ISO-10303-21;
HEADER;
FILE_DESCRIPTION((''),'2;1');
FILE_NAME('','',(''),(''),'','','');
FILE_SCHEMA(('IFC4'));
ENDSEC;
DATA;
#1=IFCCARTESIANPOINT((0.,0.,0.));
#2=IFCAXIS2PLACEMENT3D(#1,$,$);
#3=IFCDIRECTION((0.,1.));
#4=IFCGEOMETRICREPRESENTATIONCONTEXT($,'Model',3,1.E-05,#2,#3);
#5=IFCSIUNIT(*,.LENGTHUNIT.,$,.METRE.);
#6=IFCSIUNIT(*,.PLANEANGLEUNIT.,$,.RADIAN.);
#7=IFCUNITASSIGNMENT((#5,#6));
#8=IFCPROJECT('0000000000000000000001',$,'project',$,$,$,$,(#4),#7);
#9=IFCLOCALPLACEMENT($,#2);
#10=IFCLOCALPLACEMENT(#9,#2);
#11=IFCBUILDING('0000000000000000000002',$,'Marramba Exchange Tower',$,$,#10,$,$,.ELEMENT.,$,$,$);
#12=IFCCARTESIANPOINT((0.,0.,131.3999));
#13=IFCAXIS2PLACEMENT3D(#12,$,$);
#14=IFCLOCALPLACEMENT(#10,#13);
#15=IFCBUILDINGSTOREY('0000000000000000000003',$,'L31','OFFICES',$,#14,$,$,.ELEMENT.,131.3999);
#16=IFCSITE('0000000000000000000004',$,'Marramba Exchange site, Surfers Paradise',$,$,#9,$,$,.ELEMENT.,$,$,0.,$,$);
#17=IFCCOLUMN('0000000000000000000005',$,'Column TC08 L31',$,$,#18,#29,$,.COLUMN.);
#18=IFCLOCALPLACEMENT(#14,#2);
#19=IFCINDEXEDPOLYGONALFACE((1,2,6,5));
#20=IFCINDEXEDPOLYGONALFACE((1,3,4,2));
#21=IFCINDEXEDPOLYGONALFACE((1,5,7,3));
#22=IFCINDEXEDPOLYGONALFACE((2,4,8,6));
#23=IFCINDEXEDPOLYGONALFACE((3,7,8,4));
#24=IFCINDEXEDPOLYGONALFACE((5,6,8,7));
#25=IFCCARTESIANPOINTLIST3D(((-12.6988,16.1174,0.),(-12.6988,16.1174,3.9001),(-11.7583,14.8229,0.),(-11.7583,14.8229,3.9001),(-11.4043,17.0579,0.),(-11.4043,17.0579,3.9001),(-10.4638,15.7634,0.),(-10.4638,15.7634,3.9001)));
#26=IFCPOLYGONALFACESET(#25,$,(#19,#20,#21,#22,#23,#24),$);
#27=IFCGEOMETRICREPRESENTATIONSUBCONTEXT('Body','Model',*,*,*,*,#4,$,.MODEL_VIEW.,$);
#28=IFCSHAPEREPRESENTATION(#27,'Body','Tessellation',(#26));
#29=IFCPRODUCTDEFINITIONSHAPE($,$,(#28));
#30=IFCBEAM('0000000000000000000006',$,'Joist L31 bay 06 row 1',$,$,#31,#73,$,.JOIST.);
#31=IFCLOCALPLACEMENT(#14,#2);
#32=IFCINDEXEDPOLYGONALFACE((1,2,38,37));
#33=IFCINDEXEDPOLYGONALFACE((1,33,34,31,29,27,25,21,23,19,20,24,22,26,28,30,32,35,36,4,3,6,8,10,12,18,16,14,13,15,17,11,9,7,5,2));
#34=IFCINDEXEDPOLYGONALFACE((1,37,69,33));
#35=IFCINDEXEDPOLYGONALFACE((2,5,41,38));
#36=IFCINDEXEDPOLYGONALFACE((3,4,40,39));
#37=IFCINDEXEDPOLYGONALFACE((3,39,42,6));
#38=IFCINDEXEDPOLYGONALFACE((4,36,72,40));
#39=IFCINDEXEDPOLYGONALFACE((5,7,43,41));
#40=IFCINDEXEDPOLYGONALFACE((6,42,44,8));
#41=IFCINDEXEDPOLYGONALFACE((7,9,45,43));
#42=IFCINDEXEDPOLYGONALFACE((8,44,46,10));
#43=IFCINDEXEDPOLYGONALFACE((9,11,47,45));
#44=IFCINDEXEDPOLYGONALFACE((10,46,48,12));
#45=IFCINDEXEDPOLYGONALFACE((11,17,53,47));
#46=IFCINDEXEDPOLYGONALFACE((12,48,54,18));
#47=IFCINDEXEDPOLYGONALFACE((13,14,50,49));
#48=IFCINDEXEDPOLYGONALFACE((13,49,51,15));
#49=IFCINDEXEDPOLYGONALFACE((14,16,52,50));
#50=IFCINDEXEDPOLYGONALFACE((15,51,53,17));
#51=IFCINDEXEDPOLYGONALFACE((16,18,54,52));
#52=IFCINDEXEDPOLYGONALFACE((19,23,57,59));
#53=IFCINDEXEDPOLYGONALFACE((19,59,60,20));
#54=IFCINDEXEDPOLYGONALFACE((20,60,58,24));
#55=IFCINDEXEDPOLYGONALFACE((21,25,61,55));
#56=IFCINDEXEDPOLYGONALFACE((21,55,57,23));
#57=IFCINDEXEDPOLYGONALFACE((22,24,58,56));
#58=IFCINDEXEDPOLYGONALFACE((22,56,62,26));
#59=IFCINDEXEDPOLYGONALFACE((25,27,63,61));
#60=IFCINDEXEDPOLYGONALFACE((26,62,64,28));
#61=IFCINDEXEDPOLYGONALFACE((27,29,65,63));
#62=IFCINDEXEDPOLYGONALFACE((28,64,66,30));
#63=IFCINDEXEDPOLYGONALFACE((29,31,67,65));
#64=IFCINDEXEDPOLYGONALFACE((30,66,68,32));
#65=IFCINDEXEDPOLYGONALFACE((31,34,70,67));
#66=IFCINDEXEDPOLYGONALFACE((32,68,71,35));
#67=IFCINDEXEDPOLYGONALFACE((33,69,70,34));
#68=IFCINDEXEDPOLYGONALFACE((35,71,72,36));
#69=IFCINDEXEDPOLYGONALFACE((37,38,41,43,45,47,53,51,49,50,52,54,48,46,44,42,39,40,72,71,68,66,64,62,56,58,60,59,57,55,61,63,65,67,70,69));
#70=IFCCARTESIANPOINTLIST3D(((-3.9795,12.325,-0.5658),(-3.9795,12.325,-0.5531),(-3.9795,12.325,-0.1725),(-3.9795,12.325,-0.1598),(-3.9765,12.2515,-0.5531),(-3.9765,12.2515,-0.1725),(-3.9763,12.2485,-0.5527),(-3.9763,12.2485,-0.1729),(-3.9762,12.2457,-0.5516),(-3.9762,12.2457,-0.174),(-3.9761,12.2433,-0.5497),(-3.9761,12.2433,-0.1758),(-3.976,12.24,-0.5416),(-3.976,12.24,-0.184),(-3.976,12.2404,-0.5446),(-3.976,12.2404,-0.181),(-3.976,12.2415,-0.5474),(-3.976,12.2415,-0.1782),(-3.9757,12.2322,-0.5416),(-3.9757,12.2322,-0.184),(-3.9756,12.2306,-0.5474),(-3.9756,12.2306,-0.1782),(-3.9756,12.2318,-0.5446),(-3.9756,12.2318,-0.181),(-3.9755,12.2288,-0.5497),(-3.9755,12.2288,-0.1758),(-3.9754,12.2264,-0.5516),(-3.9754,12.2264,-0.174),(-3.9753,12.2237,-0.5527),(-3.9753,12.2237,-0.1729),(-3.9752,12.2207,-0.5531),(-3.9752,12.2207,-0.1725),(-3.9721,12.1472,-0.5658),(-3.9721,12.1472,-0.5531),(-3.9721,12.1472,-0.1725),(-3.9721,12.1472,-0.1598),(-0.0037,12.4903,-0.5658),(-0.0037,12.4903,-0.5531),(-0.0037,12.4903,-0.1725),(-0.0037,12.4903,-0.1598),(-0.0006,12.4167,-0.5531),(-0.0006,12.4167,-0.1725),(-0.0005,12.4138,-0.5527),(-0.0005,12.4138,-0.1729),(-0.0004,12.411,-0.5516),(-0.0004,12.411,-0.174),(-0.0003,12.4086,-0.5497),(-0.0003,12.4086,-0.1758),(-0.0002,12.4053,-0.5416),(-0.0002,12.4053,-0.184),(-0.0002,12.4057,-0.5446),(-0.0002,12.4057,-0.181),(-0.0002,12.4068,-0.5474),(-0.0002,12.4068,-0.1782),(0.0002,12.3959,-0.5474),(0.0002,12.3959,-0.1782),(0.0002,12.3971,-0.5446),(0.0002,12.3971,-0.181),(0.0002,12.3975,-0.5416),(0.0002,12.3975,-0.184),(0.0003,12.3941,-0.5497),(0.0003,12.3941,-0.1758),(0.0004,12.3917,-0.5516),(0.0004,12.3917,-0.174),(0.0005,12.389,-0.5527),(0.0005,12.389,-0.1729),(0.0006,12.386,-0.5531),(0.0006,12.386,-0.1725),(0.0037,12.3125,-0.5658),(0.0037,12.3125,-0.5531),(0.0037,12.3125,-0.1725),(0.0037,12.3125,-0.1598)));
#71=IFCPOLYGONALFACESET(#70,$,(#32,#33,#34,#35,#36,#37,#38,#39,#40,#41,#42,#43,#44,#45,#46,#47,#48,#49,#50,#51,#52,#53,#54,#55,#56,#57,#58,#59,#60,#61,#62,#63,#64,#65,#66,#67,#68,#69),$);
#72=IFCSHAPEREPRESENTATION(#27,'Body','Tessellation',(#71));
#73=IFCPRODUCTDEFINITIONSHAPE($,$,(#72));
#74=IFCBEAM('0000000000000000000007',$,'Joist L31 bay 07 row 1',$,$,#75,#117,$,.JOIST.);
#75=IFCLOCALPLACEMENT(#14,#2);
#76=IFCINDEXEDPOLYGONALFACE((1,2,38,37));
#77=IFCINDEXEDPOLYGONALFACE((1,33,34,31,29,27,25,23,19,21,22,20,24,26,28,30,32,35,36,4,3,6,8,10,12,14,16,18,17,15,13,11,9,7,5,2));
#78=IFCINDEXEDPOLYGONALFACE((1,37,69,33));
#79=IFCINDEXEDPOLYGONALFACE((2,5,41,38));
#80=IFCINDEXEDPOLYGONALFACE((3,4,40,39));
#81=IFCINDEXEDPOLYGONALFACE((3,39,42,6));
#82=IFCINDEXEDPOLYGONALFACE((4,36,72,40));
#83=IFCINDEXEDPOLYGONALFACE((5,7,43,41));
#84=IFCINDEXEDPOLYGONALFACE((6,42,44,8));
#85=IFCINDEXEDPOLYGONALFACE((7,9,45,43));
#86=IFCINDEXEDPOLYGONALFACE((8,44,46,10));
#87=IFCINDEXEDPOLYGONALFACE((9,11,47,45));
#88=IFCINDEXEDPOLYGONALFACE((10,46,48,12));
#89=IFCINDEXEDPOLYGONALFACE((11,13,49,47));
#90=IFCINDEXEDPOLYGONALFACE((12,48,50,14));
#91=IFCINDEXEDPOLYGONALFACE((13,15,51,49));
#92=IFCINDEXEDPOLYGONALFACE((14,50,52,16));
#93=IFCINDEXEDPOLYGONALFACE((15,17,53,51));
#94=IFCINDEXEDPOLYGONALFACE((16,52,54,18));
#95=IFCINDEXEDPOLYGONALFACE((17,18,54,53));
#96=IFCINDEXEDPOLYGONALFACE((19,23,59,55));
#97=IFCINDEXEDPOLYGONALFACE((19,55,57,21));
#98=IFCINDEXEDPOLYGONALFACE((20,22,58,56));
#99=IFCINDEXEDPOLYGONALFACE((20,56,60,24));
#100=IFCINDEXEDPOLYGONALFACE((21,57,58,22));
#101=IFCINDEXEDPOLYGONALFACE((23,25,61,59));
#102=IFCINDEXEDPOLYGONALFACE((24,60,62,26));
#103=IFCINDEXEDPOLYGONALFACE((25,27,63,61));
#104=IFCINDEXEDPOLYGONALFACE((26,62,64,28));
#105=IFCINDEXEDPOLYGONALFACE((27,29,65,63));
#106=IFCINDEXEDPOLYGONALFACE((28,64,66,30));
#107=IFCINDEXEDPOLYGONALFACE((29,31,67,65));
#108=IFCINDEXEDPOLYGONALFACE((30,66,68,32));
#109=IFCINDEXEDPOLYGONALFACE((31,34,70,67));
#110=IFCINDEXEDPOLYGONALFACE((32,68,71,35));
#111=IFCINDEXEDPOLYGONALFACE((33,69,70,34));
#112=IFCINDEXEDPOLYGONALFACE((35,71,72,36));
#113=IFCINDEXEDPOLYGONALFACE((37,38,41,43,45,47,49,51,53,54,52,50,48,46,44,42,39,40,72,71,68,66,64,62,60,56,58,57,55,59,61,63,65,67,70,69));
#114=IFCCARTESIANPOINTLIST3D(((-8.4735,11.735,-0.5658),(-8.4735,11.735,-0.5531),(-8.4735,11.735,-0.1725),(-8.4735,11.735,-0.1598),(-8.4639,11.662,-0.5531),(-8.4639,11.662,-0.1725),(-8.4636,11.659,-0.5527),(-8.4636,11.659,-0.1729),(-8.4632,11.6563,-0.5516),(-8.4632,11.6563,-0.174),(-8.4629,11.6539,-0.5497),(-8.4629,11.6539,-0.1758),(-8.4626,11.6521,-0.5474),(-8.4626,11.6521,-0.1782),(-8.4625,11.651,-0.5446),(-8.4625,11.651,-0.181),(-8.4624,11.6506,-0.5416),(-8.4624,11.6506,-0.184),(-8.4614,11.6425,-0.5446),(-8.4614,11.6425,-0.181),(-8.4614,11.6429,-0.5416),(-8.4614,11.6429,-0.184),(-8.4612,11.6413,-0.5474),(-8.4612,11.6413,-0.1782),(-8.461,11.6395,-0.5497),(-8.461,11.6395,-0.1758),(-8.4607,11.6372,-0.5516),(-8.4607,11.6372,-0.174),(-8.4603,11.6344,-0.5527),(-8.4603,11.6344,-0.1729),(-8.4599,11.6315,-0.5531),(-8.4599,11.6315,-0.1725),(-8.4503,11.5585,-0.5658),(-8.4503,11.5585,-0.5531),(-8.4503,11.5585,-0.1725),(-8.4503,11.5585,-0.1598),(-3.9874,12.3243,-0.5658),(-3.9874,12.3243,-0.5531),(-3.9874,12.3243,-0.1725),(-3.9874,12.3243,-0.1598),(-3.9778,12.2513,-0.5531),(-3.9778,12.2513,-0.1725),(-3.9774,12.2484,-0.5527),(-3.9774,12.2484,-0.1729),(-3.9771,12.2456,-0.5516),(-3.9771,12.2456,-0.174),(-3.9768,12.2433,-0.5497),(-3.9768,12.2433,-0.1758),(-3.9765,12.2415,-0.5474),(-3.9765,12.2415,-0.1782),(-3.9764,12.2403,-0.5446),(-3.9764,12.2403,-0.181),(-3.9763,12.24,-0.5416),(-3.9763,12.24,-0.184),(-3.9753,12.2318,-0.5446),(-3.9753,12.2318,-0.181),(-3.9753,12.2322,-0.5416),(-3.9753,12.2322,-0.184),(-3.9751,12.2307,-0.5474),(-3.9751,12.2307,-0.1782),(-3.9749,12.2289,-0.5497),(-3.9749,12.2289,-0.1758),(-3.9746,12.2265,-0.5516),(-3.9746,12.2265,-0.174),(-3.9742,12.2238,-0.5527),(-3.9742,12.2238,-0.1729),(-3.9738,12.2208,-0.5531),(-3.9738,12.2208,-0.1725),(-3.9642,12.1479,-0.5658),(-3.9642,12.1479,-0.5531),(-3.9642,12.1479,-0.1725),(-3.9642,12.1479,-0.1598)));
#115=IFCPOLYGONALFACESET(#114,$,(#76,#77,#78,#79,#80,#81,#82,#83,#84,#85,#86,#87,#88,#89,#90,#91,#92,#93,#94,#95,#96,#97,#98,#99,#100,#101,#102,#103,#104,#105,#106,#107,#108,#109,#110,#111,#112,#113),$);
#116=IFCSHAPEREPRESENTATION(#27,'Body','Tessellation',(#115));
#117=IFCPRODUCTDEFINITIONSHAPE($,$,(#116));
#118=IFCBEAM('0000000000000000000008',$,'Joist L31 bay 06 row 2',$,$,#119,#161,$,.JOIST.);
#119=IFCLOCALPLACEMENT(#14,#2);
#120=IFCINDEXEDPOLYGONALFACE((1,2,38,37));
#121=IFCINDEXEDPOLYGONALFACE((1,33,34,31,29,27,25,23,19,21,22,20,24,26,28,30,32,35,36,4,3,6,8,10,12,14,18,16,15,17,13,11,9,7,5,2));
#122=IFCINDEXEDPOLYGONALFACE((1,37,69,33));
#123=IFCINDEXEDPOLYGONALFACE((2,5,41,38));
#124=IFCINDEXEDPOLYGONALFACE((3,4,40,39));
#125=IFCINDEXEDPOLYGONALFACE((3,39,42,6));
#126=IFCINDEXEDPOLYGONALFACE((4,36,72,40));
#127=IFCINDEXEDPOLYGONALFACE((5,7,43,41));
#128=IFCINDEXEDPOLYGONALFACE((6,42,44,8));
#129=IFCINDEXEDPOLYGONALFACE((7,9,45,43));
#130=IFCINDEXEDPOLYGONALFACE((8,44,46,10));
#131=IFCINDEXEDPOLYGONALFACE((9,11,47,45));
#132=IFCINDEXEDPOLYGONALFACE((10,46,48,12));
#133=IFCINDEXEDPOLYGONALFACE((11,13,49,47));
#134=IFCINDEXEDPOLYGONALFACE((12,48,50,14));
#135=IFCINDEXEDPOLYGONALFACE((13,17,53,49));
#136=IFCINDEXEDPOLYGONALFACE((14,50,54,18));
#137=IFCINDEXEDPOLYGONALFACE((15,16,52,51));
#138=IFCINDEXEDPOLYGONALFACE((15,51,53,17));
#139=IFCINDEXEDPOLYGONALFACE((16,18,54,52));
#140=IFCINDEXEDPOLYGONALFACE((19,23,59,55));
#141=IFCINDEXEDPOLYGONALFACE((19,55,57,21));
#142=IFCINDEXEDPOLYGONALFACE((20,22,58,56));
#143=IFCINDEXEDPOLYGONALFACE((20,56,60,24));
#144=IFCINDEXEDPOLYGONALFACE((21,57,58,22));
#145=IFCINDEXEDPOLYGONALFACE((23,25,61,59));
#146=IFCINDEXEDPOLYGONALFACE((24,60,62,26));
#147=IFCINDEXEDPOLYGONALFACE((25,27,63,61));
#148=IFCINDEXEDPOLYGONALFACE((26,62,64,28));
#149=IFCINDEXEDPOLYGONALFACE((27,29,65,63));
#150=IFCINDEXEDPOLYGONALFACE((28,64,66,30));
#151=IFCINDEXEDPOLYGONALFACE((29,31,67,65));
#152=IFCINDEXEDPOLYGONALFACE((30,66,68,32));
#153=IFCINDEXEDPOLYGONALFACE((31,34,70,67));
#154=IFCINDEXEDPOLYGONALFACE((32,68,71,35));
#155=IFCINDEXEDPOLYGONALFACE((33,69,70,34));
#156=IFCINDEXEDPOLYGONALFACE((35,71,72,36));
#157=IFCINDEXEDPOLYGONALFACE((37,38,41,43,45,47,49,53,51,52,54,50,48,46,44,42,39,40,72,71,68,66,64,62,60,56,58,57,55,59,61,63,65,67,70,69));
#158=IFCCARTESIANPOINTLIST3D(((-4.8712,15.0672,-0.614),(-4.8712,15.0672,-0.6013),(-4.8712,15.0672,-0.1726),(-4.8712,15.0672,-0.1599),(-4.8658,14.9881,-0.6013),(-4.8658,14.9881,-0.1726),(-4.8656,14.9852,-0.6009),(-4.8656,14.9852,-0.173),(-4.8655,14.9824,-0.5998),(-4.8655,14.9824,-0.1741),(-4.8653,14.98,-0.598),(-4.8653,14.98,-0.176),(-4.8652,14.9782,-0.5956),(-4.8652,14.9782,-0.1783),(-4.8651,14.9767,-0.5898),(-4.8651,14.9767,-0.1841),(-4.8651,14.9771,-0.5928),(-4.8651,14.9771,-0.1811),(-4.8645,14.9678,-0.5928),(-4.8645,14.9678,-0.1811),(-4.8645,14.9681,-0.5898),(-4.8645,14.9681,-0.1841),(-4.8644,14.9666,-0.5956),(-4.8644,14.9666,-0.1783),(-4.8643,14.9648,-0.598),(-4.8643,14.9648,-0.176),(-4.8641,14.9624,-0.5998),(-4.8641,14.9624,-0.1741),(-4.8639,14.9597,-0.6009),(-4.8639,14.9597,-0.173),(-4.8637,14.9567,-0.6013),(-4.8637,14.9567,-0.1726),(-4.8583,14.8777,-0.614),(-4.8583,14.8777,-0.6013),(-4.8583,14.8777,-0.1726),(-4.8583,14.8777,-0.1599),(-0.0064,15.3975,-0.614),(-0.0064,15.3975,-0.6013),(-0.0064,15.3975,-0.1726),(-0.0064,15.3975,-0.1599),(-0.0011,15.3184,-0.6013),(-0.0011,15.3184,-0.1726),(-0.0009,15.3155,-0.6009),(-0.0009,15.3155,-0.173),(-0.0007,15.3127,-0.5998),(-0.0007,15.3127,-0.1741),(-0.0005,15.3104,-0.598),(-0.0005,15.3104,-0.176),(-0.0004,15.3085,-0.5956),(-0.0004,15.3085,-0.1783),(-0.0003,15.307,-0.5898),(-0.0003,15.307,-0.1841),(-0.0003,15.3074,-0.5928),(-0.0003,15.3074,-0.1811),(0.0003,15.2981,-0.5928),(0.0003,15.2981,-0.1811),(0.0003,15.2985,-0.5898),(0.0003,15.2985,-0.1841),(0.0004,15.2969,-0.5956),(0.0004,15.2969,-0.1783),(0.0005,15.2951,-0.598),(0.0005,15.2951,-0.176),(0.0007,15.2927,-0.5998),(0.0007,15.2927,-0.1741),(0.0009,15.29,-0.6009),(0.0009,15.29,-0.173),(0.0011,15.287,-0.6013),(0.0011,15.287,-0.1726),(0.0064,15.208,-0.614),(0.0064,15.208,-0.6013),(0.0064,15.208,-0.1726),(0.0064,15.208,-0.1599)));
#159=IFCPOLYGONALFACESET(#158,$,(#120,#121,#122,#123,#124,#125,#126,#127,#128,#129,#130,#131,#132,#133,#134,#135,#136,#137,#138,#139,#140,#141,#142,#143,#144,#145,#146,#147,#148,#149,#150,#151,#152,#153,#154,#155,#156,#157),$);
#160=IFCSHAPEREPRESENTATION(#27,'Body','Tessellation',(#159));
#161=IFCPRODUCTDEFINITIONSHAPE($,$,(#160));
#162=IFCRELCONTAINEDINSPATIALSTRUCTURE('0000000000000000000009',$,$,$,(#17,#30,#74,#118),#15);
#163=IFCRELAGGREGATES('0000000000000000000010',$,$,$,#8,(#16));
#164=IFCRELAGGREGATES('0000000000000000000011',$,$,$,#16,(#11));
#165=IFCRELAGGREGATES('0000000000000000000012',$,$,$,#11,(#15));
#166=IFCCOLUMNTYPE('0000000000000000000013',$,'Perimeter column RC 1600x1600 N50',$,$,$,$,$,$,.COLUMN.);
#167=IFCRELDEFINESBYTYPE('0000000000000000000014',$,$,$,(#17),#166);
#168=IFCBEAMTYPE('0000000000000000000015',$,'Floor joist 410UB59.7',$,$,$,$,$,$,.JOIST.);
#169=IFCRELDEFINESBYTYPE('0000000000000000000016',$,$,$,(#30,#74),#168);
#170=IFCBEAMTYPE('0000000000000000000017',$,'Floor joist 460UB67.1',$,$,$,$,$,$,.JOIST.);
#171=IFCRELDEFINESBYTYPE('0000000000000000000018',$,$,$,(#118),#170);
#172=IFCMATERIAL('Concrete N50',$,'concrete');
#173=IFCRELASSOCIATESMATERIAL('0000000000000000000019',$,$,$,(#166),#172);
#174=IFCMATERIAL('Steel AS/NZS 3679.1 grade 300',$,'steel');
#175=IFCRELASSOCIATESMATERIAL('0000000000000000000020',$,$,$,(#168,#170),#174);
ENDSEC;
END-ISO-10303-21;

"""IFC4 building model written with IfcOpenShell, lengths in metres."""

from ifc_helpers import new_model, si_unit, direction, frame, origin, origin_2d, place, context, subcontext, project, spatial, rectangle, i_section, extrude, material, material_profile, profile_set, type_object, element, save


model = new_model("IFC4")

# Units and contexts
model_context = context("Model", 3, precision=1e-05, world=origin(), true_north=direction((0.0, 1.0)))
body_context = subcontext(model_context, "Body", "Model", "MODEL_VIEW")
ifc_project = project(units=[si_unit("LENGTHUNIT", "METRE"), si_unit("PLANEANGLEUNIT", "RADIAN")], contexts=[model_context])

# Site, building, storey
site_placement = place(None, origin())
site = spatial("IfcSite", under=ifc_project, at=site_placement, Name="Marramba Exchange site, Surfers Paradise", CompositionType="ELEMENT", RefElevation=0.0)
building_placement = place(site_placement, origin())
building = spatial("IfcBuilding", under=site, at=building_placement, Name="Marramba Exchange Tower", CompositionType="ELEMENT")
storey_placement = place(building_placement, frame((0.0, 0.0, 131.3999)))
storey = spatial("IfcBuildingStorey", under=building, at=storey_placement, Name="L31", Description="OFFICES", CompositionType="ELEMENT", Elevation=131.3999)

# Column
ifc_material_1 = material(Name="Concrete N50", Category="concrete")
ifc_material_profile_1 = material_profile(ifc_material_1, rectangle(XDim=1.6001, YDim=1.6001, at=origin_2d()), Name="RC 1600x1600")
ifc_profile_set_1 = profile_set([ifc_material_profile_1], Name="Concrete N50")
column_type = type_object("IfcColumnType", Name="Perimeter column RC 1600x1600 N50", PredefinedType="COLUMN", material=ifc_profile_set_1)
column_placement = place(storey_placement, frame((-11.5813, 15.9404, 0.0), z_axis=(0.0, 0.0, 1.0), x_axis=(-0.587785, 0.809017, 0.0)))
element("IfcColumn", 1, at=column_placement, inside=storey, type_object=column_type, Name="Column TC08 L31", PredefinedType="COLUMN", context=body_context, shape_type="SweptSolid", body=[
    extrude(rectangle(XDim=1.6001, YDim=1.6001, at=origin_2d()), origin(), (0.0, 0.0, 1.0), 3.9001),
])

# Beams
ifc_material_2 = material(Name="Steel AS/NZS 3679.1 grade 300", Category="steel")
ifc_material_profile_2 = material_profile(ifc_material_2, i_section(OverallWidth=0.178, OverallDepth=0.406, WebThickness=0.0078, FlangeThickness=0.0127, FilletRadius=0.0115, at=origin_2d()), Name="410UB59.7")
ifc_profile_set_2 = profile_set([ifc_material_profile_2], Name="Steel AS/NZS 3679.1 grade 300")
beam_type_1 = type_object("IfcBeamType", Name="Floor joist 410UB59.7", PredefinedType="JOIST", material=ifc_profile_set_2)
beam_1_placement = place(storey_placement, frame((0.0, 12.4014, -0.3628), z_axis=(-0.999137, -0.041536, 0.0), x_axis=(0.041536, -0.999137, 0.0)))
element("IfcBeam", 2, at=beam_1_placement, inside=storey, type_object=beam_type_1, Name="Joist L31 bay 06 row 1", PredefinedType="JOIST", context=body_context, shape_type="SweptSolid", body=[
    extrude(i_section(OverallWidth=0.178, OverallDepth=0.406, WebThickness=0.0078, FlangeThickness=0.0127, FilletRadius=0.0115, at=origin_2d()), origin(), (0.0, 0.0, 1.0), 3.9792),
])
beam_2_placement = place(storey_placement, frame((-3.9758, 12.2361, -0.3628), z_axis=(-0.991481, -0.130255, 0.0), x_axis=(0.130255, -0.991481, 0.0)))
element("IfcBeam", 3, at=beam_2_placement, inside=storey, type_object=beam_type_1, Name="Joist L31 bay 07 row 1", PredefinedType="JOIST", context=body_context, shape_type="SweptSolid", body=[
    extrude(i_section(OverallWidth=0.178, OverallDepth=0.406, WebThickness=0.0078, FlangeThickness=0.0127, FilletRadius=0.0115, at=origin_2d()), origin(), (0.0, 0.0, 1.0), 4.5247),
])
ifc_material_profile_3 = material_profile(ifc_material_2, i_section(OverallWidth=0.1899, OverallDepth=0.4541, WebThickness=0.0085, FlangeThickness=0.0127, FilletRadius=0.0115, at=origin_2d()), Name="460UB67.1")
ifc_profile_set_3 = profile_set([ifc_material_profile_3], Name="Steel AS/NZS 3679.1 grade 300")
beam_type_2 = type_object("IfcBeamType", Name="Floor joist 460UB67.1", PredefinedType="JOIST", material=ifc_profile_set_3)
beam_3_placement = place(storey_placement, frame((0.0, 15.3027, -0.387), z_axis=(-0.997703, -0.067745, 0.0), x_axis=(0.067745, -0.997703, 0.0)))
element("IfcBeam", 4, at=beam_3_placement, inside=storey, type_object=beam_type_2, Name="Joist L31 bay 06 row 2", PredefinedType="JOIST", context=body_context, shape_type="SweptSolid", body=[
    extrude(i_section(OverallWidth=0.1899, OverallDepth=0.4541, WebThickness=0.0085, FlangeThickness=0.0127, FilletRadius=0.0115, at=origin_2d()), origin(), (0.0, 0.0, 1.0), 4.876),
])

save(model, "model.ifc")
